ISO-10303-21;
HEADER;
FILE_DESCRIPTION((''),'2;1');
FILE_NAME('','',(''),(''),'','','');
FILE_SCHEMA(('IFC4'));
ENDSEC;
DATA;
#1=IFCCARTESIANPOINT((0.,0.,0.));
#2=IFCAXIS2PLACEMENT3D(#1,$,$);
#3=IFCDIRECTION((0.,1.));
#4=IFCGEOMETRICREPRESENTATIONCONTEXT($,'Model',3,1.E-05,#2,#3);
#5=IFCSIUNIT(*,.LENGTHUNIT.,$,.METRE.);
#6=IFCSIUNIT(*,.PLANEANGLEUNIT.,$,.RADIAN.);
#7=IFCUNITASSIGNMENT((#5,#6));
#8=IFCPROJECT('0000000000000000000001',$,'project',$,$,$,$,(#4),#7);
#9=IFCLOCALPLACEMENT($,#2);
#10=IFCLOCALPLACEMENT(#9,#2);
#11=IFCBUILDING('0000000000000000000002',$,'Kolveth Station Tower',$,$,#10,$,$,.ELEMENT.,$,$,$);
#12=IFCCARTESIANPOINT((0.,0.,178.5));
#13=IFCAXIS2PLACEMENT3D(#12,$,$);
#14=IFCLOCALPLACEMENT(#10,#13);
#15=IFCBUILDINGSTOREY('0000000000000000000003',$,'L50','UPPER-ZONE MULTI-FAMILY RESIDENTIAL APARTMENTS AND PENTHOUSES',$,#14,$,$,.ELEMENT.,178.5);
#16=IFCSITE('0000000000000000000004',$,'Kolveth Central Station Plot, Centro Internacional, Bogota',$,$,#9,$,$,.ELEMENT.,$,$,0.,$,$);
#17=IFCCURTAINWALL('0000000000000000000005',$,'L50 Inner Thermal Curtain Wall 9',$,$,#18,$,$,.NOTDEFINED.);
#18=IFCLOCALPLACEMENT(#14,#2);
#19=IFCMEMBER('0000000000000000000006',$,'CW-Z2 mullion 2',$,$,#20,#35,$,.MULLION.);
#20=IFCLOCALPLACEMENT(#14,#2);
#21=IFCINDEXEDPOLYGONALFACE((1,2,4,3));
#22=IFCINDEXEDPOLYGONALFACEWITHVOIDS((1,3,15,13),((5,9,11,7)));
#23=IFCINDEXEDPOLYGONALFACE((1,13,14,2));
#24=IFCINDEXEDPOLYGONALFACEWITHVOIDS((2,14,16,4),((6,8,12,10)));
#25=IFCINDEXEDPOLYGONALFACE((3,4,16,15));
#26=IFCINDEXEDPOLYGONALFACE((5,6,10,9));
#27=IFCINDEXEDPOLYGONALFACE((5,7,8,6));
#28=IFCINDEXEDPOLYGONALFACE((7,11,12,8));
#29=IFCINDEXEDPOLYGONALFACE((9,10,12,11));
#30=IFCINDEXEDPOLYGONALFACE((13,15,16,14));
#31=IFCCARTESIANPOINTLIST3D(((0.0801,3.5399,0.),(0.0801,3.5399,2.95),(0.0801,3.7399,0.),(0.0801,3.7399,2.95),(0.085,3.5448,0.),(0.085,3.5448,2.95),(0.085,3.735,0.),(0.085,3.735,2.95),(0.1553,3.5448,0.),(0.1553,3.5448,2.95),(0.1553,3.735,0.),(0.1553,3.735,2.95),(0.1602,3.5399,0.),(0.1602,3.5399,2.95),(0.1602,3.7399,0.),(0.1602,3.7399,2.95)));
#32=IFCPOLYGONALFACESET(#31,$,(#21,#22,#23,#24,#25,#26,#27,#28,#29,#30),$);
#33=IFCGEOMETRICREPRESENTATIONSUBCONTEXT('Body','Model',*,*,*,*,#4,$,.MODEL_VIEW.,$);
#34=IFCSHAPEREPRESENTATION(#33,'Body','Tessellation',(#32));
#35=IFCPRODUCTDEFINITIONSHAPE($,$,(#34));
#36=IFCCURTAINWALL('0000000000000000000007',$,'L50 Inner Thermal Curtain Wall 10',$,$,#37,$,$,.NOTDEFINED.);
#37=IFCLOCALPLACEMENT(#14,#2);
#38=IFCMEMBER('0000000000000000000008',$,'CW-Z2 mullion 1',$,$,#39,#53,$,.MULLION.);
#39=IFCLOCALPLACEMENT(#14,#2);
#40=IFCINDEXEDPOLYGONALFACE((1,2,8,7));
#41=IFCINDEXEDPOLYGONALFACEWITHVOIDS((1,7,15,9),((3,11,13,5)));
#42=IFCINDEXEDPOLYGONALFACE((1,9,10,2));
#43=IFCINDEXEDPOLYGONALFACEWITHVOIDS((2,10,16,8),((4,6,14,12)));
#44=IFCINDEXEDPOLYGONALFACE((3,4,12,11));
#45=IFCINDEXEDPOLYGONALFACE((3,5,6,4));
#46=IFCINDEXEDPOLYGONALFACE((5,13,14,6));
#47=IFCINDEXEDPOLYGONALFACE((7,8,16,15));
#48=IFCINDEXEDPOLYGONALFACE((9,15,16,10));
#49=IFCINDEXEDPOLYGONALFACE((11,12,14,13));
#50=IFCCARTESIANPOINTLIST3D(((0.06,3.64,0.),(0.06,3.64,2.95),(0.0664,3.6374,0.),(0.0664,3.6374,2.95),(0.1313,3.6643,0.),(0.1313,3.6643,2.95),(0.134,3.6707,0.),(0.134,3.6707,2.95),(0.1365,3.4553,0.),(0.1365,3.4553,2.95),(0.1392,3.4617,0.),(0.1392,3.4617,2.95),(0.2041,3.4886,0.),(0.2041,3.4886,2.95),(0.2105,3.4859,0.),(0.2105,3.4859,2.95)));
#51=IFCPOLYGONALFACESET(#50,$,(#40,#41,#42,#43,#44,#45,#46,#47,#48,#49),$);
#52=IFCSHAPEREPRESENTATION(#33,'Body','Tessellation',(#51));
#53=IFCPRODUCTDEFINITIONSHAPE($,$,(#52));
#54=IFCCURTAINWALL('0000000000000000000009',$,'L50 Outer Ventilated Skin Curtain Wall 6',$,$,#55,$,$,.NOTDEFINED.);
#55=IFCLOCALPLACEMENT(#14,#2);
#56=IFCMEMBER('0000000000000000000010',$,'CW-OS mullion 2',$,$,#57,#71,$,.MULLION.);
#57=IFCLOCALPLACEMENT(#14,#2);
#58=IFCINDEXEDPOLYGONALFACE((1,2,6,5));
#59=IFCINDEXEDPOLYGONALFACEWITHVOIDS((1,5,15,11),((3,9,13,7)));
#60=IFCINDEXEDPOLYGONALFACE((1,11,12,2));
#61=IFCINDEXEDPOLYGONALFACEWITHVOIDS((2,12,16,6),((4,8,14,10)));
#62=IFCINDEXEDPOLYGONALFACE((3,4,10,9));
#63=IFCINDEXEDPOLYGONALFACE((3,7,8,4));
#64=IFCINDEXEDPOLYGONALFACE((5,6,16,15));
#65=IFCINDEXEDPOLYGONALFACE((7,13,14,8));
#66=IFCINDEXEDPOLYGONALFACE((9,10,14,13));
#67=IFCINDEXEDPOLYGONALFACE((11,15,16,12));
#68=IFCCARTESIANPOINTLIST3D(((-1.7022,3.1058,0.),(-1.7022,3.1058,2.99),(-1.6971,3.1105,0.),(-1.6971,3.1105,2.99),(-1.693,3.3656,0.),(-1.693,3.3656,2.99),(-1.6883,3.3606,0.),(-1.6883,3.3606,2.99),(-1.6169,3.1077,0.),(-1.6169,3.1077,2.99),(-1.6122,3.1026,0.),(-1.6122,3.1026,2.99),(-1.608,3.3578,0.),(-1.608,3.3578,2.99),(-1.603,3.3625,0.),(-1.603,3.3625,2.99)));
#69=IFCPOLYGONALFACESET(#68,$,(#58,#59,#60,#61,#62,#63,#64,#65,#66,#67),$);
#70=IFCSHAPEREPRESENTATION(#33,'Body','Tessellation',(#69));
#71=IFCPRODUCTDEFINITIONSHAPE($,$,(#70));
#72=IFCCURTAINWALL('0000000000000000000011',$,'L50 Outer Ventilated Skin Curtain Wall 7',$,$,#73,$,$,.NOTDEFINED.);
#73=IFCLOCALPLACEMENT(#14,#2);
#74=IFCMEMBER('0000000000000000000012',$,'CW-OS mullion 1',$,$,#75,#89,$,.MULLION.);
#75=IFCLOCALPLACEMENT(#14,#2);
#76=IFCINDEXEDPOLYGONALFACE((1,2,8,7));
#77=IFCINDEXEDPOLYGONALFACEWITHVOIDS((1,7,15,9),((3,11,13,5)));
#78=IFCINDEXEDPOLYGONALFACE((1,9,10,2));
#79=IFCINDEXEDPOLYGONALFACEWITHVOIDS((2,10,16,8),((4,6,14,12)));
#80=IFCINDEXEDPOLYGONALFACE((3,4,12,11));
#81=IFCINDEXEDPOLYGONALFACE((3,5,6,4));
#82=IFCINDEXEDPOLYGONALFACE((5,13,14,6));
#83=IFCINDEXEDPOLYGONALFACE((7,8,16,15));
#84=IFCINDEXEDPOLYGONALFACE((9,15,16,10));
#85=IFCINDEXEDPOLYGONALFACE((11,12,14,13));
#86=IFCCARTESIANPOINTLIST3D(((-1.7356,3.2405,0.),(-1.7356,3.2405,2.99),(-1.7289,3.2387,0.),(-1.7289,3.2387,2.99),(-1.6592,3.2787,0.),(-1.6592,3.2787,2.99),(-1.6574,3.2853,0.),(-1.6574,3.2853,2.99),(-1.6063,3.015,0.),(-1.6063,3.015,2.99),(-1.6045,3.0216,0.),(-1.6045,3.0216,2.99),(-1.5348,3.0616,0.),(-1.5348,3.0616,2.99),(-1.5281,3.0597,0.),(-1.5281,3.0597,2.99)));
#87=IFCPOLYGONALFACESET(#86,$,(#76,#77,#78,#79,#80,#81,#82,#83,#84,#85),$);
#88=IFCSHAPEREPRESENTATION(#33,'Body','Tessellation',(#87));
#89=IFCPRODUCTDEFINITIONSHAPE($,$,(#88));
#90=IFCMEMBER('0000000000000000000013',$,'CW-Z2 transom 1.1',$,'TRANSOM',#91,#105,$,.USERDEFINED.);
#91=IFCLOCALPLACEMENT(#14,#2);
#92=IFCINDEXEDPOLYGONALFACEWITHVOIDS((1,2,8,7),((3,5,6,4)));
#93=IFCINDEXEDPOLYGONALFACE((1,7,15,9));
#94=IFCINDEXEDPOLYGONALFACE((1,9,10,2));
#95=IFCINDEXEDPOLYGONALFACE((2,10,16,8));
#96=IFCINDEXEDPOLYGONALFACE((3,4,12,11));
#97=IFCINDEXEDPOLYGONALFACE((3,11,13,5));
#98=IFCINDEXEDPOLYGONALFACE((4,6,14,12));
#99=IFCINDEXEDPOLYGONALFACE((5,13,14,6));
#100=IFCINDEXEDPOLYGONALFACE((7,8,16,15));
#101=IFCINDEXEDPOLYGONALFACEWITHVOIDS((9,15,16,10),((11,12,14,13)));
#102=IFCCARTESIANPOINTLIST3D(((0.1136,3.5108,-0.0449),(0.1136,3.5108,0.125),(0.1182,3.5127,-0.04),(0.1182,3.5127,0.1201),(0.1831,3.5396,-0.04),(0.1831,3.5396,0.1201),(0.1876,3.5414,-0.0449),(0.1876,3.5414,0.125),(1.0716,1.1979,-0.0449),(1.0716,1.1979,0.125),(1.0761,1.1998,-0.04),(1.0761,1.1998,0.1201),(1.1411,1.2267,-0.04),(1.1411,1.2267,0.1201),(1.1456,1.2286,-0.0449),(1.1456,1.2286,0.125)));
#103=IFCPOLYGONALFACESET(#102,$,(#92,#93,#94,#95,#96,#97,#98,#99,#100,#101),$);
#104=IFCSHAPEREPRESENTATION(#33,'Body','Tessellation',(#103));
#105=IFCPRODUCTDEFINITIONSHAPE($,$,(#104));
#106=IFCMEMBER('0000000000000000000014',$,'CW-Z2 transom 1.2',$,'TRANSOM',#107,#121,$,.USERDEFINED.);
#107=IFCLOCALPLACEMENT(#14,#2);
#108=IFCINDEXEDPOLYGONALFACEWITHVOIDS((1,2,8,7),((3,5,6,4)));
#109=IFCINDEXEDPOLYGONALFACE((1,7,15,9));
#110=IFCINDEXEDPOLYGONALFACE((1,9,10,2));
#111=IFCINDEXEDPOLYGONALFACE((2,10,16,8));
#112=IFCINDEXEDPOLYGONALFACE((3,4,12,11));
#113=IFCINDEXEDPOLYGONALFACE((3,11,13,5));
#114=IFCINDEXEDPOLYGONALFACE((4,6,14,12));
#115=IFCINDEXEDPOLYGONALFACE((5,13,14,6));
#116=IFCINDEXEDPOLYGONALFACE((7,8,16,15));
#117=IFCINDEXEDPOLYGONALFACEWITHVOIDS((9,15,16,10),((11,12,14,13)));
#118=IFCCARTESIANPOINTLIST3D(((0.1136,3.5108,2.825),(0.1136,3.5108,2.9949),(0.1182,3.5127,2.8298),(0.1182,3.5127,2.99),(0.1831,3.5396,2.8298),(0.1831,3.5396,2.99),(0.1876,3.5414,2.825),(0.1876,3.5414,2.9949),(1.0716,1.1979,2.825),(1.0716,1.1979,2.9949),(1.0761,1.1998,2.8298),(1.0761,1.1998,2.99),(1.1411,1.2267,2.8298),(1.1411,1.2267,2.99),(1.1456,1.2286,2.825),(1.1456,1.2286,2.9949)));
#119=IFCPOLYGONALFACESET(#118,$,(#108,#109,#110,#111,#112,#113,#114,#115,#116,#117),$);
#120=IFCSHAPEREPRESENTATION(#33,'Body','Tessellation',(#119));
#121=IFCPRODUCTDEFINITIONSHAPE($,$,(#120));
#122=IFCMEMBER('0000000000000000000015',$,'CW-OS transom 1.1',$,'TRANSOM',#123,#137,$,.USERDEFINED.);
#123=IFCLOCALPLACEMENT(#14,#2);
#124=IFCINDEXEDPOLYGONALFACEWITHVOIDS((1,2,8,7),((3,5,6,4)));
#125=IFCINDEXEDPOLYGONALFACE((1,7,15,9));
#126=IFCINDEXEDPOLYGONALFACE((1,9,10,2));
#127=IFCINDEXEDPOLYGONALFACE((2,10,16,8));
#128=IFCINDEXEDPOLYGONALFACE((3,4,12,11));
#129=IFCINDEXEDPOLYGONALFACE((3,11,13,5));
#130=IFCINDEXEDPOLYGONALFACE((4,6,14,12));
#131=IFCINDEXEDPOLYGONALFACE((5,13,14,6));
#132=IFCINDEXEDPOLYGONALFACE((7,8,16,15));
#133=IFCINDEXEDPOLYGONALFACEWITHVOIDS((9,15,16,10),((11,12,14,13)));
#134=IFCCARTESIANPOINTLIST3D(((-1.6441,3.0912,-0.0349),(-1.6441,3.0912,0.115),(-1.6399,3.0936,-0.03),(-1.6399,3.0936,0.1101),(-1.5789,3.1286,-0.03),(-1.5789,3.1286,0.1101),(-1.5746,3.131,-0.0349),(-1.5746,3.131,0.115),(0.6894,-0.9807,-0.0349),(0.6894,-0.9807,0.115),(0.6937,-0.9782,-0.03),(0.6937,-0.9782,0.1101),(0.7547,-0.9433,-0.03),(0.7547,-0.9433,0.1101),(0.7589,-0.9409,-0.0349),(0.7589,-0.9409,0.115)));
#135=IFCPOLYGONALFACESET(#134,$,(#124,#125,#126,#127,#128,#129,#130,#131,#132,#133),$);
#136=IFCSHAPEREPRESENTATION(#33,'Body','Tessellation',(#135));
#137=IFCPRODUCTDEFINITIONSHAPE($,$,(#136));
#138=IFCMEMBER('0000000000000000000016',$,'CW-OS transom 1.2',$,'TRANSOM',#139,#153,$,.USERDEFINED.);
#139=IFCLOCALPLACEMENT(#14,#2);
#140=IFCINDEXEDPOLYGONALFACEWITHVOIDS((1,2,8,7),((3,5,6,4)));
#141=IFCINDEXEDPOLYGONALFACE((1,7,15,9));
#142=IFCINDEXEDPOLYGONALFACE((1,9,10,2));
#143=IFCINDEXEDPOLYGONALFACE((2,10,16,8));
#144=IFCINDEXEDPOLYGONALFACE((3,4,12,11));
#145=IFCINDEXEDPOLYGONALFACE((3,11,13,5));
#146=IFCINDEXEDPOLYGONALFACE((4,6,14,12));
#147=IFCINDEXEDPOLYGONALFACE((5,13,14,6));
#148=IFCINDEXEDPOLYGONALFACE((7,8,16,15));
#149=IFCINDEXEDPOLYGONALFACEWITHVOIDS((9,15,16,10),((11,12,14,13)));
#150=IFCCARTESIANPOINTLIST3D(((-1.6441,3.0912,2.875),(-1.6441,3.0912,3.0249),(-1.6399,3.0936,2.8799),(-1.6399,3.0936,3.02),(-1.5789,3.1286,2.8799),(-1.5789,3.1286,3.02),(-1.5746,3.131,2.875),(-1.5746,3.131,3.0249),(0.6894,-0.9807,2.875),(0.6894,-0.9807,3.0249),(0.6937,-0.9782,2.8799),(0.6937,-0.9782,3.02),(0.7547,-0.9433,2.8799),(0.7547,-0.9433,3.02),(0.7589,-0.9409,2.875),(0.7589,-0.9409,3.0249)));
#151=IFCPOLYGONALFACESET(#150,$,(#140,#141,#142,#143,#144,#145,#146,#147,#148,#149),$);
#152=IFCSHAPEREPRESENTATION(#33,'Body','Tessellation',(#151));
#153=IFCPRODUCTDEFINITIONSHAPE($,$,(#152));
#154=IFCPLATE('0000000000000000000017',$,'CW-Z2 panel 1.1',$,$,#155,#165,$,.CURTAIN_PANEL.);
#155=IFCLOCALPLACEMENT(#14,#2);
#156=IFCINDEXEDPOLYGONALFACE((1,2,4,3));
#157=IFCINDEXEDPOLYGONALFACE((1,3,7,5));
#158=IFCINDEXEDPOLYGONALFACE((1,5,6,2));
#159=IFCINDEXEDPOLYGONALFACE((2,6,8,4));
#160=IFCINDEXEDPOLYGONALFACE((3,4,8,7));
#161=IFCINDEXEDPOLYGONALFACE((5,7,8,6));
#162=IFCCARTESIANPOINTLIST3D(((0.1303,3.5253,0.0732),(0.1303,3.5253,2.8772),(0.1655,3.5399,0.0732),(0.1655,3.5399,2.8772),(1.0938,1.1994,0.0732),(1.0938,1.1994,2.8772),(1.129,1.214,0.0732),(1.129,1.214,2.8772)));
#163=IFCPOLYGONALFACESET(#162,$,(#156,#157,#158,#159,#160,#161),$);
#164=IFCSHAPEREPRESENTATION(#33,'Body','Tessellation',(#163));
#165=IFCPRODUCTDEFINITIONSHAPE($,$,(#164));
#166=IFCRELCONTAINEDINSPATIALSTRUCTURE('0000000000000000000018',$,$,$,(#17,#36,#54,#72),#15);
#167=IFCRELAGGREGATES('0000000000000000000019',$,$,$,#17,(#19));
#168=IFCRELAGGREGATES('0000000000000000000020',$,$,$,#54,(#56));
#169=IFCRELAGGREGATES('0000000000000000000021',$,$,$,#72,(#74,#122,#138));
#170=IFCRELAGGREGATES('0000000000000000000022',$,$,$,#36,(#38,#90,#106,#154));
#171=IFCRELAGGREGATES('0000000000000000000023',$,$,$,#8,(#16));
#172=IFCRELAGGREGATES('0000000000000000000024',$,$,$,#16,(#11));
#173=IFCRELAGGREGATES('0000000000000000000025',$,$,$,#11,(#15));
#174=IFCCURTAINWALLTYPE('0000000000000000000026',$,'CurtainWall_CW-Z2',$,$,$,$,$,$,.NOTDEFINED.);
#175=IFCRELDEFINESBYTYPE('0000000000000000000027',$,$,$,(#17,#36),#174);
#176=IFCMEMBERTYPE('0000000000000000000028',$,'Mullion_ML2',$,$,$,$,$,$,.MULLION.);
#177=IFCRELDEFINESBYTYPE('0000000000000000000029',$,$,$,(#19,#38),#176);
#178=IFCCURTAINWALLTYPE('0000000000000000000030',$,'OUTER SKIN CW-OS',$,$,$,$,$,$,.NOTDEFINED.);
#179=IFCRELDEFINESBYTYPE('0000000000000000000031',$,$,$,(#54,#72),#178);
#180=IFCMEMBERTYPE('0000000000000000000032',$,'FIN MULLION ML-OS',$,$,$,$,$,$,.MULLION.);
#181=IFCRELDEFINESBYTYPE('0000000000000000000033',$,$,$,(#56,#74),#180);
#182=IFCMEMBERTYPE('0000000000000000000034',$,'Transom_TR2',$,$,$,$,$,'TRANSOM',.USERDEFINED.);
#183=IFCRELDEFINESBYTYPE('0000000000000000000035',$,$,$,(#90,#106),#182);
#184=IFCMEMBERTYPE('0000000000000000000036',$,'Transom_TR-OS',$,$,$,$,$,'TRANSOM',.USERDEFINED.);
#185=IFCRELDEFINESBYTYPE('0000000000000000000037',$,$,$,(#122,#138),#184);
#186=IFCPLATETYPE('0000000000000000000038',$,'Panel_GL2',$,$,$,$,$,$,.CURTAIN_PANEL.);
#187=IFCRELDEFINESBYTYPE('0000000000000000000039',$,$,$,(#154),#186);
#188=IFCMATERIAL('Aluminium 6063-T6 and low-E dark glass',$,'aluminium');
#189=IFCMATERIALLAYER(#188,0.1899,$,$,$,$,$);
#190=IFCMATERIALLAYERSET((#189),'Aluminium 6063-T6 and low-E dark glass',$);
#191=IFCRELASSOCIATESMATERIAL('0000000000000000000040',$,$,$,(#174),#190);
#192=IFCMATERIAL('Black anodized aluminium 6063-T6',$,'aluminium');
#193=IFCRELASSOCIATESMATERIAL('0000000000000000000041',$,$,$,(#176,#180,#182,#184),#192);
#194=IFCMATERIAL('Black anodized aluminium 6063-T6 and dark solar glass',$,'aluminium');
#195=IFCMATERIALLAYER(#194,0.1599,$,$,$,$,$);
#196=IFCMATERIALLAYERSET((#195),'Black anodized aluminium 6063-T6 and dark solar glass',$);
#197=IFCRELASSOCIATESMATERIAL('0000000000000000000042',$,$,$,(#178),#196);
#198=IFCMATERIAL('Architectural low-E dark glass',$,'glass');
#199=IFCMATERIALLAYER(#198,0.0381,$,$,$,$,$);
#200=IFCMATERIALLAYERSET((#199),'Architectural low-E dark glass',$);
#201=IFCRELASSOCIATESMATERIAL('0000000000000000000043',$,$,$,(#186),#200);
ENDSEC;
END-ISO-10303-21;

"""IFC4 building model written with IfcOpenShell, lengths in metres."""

from ifc_helpers import new_model, si_unit, direction, frame, origin, origin_2d, place, context, subcontext, project, spatial, rectangle, hollow_rectangle, extrude, source, transform, mapped, material, layer, layer_set, material_profile, profile_set, type_object, element, aggregate, save


model = new_model("IFC4")

# Units and contexts
model_context = context("Model", 3, precision=1e-05, world=origin(), true_north=direction((0.0, 1.0)))
body_context = subcontext(model_context, "Body", "Model", "MODEL_VIEW")
ifc_project = project(units=[si_unit("LENGTHUNIT", "METRE"), si_unit("PLANEANGLEUNIT", "RADIAN")], contexts=[model_context])

# Site, building, storey
site_placement = place(None, origin())
site = spatial("IfcSite", under=ifc_project, at=site_placement, Name="Kolveth Central Station Plot, Centro Internacional, Bogota", CompositionType="ELEMENT", RefElevation=0.0)
building_placement = place(site_placement, origin())
building = spatial("IfcBuilding", under=site, at=building_placement, Name="Kolveth Station Tower", CompositionType="ELEMENT")
storey_placement = place(building_placement, frame((0.0, 0.0, 178.5)))
storey = spatial("IfcBuildingStorey", under=building, at=storey_placement, Name="L50", Description="UPPER-ZONE MULTI-FAMILY RESIDENTIAL APARTMENTS AND PENTHOUSES", CompositionType="ELEMENT", Elevation=178.5)

# Curtain walls, members
ifc_material_1 = material(Name="Aluminium 6063-T6 and low-E dark glass", Category="aluminium")
ifc_layer_1 = layer(ifc_material_1, 0.1899)
ifc_layer_set_1 = layer_set([ifc_layer_1], Name="Aluminium 6063-T6 and low-E dark glass")
curtain_wall_type_1 = type_object("IfcCurtainWallType", Name="CurtainWall_CW-Z2", PredefinedType="NOTDEFINED", material=ifc_layer_set_1)
curtain_wall_1_placement = place(storey_placement, origin())
curtain_wall_1 = element("IfcCurtainWall", 1, at=curtain_wall_1_placement, inside=storey, type_object=curtain_wall_type_1, Name="L50 Inner Thermal Curtain Wall 9", PredefinedType="NOTDEFINED")
ifc_material_2 = material(Name="Black anodized aluminium 6063-T6", Category="aluminium")
ifc_material_profile_1 = material_profile(ifc_material_2, hollow_rectangle(XDim=0.0801, YDim=0.2, WallThickness=0.0049, at=origin_2d()), Name="ALU-80x200x5")
ifc_profile_set_1 = profile_set([ifc_material_profile_1], Name="Black anodized aluminium 6063-T6")
member_type_1 = type_object("IfcMemberType", Name="Mullion_ML2", PredefinedType="MULLION", material=ifc_profile_set_1)
shared_shape_1 = source(origin(), body_context, "Body", "SweptSolid", [
    extrude(hollow_rectangle(XDim=0.0801, YDim=0.2, WallThickness=0.0049, at=origin_2d()), origin(), (0.0, 0.0, 1.0), 2.95),
])
member_1_placement = place(storey_placement, frame((0.1201, 3.6399, 0.0), z_axis=(0.0, 0.0, 1.0), x_axis=(1.0, 0.0, 0.0)))
member_1 = element("IfcMember", 2, at=member_1_placement, type_object=member_type_1, Name="CW-Z2 mullion 2", PredefinedType="MULLION", context=body_context, shape_type="MappedRepresentation", body=[
    mapped(shared_shape_1, transform((0.0, 0.0, 0.0), x_axis=(1.0, 0.0, 0.0), y_axis=(0.0, 1.0, 0.0), z_axis=(0.0, 0.0, 1.0), scale=1.0)),
])
aggregate(curtain_wall_1, [member_1])
curtain_wall_2_placement = place(storey_placement, origin())
curtain_wall_2 = element("IfcCurtainWall", 3, at=curtain_wall_2_placement, inside=storey, type_object=curtain_wall_type_1, Name="L50 Inner Thermal Curtain Wall 10", PredefinedType="NOTDEFINED")
member_2_placement = place(storey_placement, frame((0.1353, 3.563, 0.0), z_axis=(0.0, 0.0, 1.0), x_axis=(0.923874, 0.382698, 0.0)))
member_2 = element("IfcMember", 4, at=member_2_placement, type_object=member_type_1, Name="CW-Z2 mullion 1", PredefinedType="MULLION", context=body_context, shape_type="MappedRepresentation", body=[
    mapped(shared_shape_1, transform((0.0, 0.0, 0.0), x_axis=(1.0, 0.0, 0.0), y_axis=(0.0, 1.0, 0.0), z_axis=(0.0, 0.0, 1.0), scale=1.0)),
])
ifc_material_3 = material(Name="Black anodized aluminium 6063-T6 and dark solar glass", Category="aluminium")
ifc_layer_2 = layer(ifc_material_3, 0.1599)
ifc_layer_set_2 = layer_set([ifc_layer_2], Name="Black anodized aluminium 6063-T6 and dark solar glass")
curtain_wall_type_2 = type_object("IfcCurtainWallType", Name="OUTER SKIN CW-OS", PredefinedType="NOTDEFINED", material=ifc_layer_set_2)
curtain_wall_3_placement = place(storey_placement, origin())
curtain_wall_3 = element("IfcCurtainWall", 5, at=curtain_wall_3_placement, inside=storey, type_object=curtain_wall_type_2, Name="L50 Outer Ventilated Skin Curtain Wall 6", PredefinedType="NOTDEFINED")
ifc_material_profile_2 = material_profile(ifc_material_2, hollow_rectangle(XDim=0.0901, YDim=0.26, WallThickness=0.0049, at=origin_2d()), Name="ALU-90x260x5")
ifc_profile_set_2 = profile_set([ifc_material_profile_2], Name="Black anodized aluminium 6063-T6")
member_type_2 = type_object("IfcMemberType", Name="FIN MULLION ML-OS", PredefinedType="MULLION", material=ifc_profile_set_2)
shared_shape_2 = source(origin(), body_context, "Body", "SweptSolid", [
    extrude(hollow_rectangle(XDim=0.0901, YDim=0.26, WallThickness=0.0049, at=origin_2d()), origin(), (0.0, 0.0, 1.0), 2.99),
])
member_3_placement = place(storey_placement, frame((-1.6526, 3.2341, 0.0), z_axis=(0.0, 0.0, 1.0), x_axis=(0.999376, -0.035309, 0.0)))
member_3 = element("IfcMember", 6, at=member_3_placement, type_object=member_type_2, Name="CW-OS mullion 2", PredefinedType="MULLION", context=body_context, shape_type="MappedRepresentation", body=[
    mapped(shared_shape_2, transform((0.0, 0.0, 0.0), x_axis=(1.0, 0.0, 0.0), y_axis=(0.0, 1.0, 0.0), z_axis=(0.0, 0.0, 1.0), scale=1.0)),
])
aggregate(curtain_wall_3, [member_3])
curtain_wall_4_placement = place(storey_placement, origin())
curtain_wall_4 = element("IfcCurtainWall", 7, at=curtain_wall_4_placement, inside=storey, type_object=curtain_wall_type_2, Name="L50 Outer Ventilated Skin Curtain Wall 7", PredefinedType="NOTDEFINED")
member_4_placement = place(storey_placement, frame((-1.6318, 3.1501, 0.0), z_axis=(0.0, 0.0, 1.0), x_axis=(0.867629, 0.497213, 0.0)))
member_4 = element("IfcMember", 8, at=member_4_placement, type_object=member_type_2, Name="CW-OS mullion 1", PredefinedType="MULLION", context=body_context, shape_type="MappedRepresentation", body=[
    mapped(shared_shape_2, transform((0.0, 0.0, 0.0), x_axis=(1.0, 0.0, 0.0), y_axis=(0.0, 1.0, 0.0), z_axis=(0.0, 0.0, 1.0), scale=1.0)),
])

# Members
ifc_material_profile_3 = material_profile(ifc_material_2, hollow_rectangle(XDim=0.0801, YDim=0.1699, WallThickness=0.0049, at=origin_2d()), Name="ALU-80x170x5")
ifc_profile_set_3 = profile_set([ifc_material_profile_3], Name="Black anodized aluminium 6063-T6")
member_type_3 = type_object("IfcMemberType", Name="Transom_TR2", ElementType="TRANSOM", PredefinedType="USERDEFINED", material=ifc_profile_set_3)
shared_shape_3 = source(origin(), body_context, "Body", "SweptSolid", [
    extrude(hollow_rectangle(XDim=0.0801, YDim=0.1699, WallThickness=0.0049, at=origin_2d()), origin(), (0.0, 0.0, 1.0), 2.5034),
])
member_5_placement = place(storey_placement, frame((0.1506, 3.5261, 0.04), z_axis=(0.382662, -0.923888, 0.0), x_axis=(0.923888, 0.382662, 0.0)))
member_5 = element("IfcMember", 9, at=member_5_placement, type_object=member_type_3, Name="CW-Z2 transom 1.1", ObjectType="TRANSOM", PredefinedType="USERDEFINED", context=body_context, shape_type="MappedRepresentation", body=[
    mapped(shared_shape_3, transform((0.0, 0.0, 0.0), x_axis=(1.0, 0.0, 0.0), y_axis=(0.0, 1.0, 0.0), z_axis=(0.0, 0.0, 1.0), scale=1.0)),
])
member_6_placement = place(storey_placement, frame((0.1506, 3.5261, 2.9099), z_axis=(0.382662, -0.923888, 0.0), x_axis=(0.923888, 0.382662, 0.0)))
member_6 = element("IfcMember", 10, at=member_6_placement, type_object=member_type_3, Name="CW-Z2 transom 1.2", ObjectType="TRANSOM", PredefinedType="USERDEFINED", context=body_context, shape_type="MappedRepresentation", body=[
    mapped(shared_shape_3, transform((0.0, 0.0, 0.0), x_axis=(1.0, 0.0, 0.0), y_axis=(0.0, 1.0, 0.0), z_axis=(0.0, 0.0, 1.0), scale=1.0)),
])
ifc_material_profile_4 = material_profile(ifc_material_2, hollow_rectangle(XDim=0.0801, YDim=0.1499, WallThickness=0.0049, at=origin_2d()), Name="ALU-80x150x5")
ifc_profile_set_4 = profile_set([ifc_material_profile_4], Name="Black anodized aluminium 6063-T6")
member_type_4 = type_object("IfcMemberType", Name="Transom_TR-OS", ElementType="TRANSOM", PredefinedType="USERDEFINED", material=ifc_profile_set_4)
shared_shape_4 = source(origin(), body_context, "Body", "SweptSolid", [
    extrude(hollow_rectangle(XDim=0.0801, YDim=0.1499, WallThickness=0.0049, at=origin_2d()), origin(), (0.0, 0.0, 1.0), 4.6931),
])
member_7_placement = place(storey_placement, frame((-1.6094, 3.1111, 0.04), z_axis=(0.497225, -0.867621, 0.0), x_axis=(0.867621, 0.497225, 0.0)))
member_7 = element("IfcMember", 11, at=member_7_placement, type_object=member_type_4, Name="CW-OS transom 1.1", ObjectType="TRANSOM", PredefinedType="USERDEFINED", context=body_context, shape_type="MappedRepresentation", body=[
    mapped(shared_shape_4, transform((0.0, 0.0, 0.0), x_axis=(1.0, 0.0, 0.0), y_axis=(0.0, 1.0, 0.0), z_axis=(0.0, 0.0, 1.0), scale=1.0)),
])
member_8_placement = place(storey_placement, frame((-1.6094, 3.1111, 2.95), z_axis=(0.497225, -0.867621, 0.0), x_axis=(0.867621, 0.497225, 0.0)))
member_8 = element("IfcMember", 12, at=member_8_placement, type_object=member_type_4, Name="CW-OS transom 1.2", ObjectType="TRANSOM", PredefinedType="USERDEFINED", context=body_context, shape_type="MappedRepresentation", body=[
    mapped(shared_shape_4, transform((0.0, 0.0, 0.0), x_axis=(1.0, 0.0, 0.0), y_axis=(0.0, 1.0, 0.0), z_axis=(0.0, 0.0, 1.0), scale=1.0)),
])
aggregate(curtain_wall_4, [member_4, member_7, member_8])

# Plate
ifc_material_4 = material(Name="Architectural low-E dark glass", Category="glass")
ifc_layer_3 = layer(ifc_material_4, 0.0381)
ifc_layer_set_3 = layer_set([ifc_layer_3], Name="Architectural low-E dark glass")
plate_type = type_object("IfcPlateType", Name="Panel_GL2", PredefinedType="CURTAIN_PANEL", material=ifc_layer_set_3)
shared_shape_5 = source(origin(), body_context, "Body", "SweptSolid", [
    extrude(rectangle(XDim=2.5176, YDim=0.0381, at=origin_2d()), origin(), (0.0, 0.0, 1.0), 2.804),
])
plate_placement = place(storey_placement, frame((0.6296, 2.3696, 0.0732), z_axis=(0.0, 0.0, 1.0), x_axis=(0.382698, -0.923874, 0.0)))
plate = element("IfcPlate", 13, at=plate_placement, type_object=plate_type, Name="CW-Z2 panel 1.1", PredefinedType="CURTAIN_PANEL", context=body_context, shape_type="MappedRepresentation", body=[
    mapped(shared_shape_5, transform((0.0, 0.0, 0.0), x_axis=(1.0, 0.0, 0.0), y_axis=(0.0, 1.0, 0.0), z_axis=(0.0, 0.0, 1.0), scale=1.0)),
])
aggregate(curtain_wall_2, [member_2, member_5, member_6, plate])

save(model, "model.ifc")
